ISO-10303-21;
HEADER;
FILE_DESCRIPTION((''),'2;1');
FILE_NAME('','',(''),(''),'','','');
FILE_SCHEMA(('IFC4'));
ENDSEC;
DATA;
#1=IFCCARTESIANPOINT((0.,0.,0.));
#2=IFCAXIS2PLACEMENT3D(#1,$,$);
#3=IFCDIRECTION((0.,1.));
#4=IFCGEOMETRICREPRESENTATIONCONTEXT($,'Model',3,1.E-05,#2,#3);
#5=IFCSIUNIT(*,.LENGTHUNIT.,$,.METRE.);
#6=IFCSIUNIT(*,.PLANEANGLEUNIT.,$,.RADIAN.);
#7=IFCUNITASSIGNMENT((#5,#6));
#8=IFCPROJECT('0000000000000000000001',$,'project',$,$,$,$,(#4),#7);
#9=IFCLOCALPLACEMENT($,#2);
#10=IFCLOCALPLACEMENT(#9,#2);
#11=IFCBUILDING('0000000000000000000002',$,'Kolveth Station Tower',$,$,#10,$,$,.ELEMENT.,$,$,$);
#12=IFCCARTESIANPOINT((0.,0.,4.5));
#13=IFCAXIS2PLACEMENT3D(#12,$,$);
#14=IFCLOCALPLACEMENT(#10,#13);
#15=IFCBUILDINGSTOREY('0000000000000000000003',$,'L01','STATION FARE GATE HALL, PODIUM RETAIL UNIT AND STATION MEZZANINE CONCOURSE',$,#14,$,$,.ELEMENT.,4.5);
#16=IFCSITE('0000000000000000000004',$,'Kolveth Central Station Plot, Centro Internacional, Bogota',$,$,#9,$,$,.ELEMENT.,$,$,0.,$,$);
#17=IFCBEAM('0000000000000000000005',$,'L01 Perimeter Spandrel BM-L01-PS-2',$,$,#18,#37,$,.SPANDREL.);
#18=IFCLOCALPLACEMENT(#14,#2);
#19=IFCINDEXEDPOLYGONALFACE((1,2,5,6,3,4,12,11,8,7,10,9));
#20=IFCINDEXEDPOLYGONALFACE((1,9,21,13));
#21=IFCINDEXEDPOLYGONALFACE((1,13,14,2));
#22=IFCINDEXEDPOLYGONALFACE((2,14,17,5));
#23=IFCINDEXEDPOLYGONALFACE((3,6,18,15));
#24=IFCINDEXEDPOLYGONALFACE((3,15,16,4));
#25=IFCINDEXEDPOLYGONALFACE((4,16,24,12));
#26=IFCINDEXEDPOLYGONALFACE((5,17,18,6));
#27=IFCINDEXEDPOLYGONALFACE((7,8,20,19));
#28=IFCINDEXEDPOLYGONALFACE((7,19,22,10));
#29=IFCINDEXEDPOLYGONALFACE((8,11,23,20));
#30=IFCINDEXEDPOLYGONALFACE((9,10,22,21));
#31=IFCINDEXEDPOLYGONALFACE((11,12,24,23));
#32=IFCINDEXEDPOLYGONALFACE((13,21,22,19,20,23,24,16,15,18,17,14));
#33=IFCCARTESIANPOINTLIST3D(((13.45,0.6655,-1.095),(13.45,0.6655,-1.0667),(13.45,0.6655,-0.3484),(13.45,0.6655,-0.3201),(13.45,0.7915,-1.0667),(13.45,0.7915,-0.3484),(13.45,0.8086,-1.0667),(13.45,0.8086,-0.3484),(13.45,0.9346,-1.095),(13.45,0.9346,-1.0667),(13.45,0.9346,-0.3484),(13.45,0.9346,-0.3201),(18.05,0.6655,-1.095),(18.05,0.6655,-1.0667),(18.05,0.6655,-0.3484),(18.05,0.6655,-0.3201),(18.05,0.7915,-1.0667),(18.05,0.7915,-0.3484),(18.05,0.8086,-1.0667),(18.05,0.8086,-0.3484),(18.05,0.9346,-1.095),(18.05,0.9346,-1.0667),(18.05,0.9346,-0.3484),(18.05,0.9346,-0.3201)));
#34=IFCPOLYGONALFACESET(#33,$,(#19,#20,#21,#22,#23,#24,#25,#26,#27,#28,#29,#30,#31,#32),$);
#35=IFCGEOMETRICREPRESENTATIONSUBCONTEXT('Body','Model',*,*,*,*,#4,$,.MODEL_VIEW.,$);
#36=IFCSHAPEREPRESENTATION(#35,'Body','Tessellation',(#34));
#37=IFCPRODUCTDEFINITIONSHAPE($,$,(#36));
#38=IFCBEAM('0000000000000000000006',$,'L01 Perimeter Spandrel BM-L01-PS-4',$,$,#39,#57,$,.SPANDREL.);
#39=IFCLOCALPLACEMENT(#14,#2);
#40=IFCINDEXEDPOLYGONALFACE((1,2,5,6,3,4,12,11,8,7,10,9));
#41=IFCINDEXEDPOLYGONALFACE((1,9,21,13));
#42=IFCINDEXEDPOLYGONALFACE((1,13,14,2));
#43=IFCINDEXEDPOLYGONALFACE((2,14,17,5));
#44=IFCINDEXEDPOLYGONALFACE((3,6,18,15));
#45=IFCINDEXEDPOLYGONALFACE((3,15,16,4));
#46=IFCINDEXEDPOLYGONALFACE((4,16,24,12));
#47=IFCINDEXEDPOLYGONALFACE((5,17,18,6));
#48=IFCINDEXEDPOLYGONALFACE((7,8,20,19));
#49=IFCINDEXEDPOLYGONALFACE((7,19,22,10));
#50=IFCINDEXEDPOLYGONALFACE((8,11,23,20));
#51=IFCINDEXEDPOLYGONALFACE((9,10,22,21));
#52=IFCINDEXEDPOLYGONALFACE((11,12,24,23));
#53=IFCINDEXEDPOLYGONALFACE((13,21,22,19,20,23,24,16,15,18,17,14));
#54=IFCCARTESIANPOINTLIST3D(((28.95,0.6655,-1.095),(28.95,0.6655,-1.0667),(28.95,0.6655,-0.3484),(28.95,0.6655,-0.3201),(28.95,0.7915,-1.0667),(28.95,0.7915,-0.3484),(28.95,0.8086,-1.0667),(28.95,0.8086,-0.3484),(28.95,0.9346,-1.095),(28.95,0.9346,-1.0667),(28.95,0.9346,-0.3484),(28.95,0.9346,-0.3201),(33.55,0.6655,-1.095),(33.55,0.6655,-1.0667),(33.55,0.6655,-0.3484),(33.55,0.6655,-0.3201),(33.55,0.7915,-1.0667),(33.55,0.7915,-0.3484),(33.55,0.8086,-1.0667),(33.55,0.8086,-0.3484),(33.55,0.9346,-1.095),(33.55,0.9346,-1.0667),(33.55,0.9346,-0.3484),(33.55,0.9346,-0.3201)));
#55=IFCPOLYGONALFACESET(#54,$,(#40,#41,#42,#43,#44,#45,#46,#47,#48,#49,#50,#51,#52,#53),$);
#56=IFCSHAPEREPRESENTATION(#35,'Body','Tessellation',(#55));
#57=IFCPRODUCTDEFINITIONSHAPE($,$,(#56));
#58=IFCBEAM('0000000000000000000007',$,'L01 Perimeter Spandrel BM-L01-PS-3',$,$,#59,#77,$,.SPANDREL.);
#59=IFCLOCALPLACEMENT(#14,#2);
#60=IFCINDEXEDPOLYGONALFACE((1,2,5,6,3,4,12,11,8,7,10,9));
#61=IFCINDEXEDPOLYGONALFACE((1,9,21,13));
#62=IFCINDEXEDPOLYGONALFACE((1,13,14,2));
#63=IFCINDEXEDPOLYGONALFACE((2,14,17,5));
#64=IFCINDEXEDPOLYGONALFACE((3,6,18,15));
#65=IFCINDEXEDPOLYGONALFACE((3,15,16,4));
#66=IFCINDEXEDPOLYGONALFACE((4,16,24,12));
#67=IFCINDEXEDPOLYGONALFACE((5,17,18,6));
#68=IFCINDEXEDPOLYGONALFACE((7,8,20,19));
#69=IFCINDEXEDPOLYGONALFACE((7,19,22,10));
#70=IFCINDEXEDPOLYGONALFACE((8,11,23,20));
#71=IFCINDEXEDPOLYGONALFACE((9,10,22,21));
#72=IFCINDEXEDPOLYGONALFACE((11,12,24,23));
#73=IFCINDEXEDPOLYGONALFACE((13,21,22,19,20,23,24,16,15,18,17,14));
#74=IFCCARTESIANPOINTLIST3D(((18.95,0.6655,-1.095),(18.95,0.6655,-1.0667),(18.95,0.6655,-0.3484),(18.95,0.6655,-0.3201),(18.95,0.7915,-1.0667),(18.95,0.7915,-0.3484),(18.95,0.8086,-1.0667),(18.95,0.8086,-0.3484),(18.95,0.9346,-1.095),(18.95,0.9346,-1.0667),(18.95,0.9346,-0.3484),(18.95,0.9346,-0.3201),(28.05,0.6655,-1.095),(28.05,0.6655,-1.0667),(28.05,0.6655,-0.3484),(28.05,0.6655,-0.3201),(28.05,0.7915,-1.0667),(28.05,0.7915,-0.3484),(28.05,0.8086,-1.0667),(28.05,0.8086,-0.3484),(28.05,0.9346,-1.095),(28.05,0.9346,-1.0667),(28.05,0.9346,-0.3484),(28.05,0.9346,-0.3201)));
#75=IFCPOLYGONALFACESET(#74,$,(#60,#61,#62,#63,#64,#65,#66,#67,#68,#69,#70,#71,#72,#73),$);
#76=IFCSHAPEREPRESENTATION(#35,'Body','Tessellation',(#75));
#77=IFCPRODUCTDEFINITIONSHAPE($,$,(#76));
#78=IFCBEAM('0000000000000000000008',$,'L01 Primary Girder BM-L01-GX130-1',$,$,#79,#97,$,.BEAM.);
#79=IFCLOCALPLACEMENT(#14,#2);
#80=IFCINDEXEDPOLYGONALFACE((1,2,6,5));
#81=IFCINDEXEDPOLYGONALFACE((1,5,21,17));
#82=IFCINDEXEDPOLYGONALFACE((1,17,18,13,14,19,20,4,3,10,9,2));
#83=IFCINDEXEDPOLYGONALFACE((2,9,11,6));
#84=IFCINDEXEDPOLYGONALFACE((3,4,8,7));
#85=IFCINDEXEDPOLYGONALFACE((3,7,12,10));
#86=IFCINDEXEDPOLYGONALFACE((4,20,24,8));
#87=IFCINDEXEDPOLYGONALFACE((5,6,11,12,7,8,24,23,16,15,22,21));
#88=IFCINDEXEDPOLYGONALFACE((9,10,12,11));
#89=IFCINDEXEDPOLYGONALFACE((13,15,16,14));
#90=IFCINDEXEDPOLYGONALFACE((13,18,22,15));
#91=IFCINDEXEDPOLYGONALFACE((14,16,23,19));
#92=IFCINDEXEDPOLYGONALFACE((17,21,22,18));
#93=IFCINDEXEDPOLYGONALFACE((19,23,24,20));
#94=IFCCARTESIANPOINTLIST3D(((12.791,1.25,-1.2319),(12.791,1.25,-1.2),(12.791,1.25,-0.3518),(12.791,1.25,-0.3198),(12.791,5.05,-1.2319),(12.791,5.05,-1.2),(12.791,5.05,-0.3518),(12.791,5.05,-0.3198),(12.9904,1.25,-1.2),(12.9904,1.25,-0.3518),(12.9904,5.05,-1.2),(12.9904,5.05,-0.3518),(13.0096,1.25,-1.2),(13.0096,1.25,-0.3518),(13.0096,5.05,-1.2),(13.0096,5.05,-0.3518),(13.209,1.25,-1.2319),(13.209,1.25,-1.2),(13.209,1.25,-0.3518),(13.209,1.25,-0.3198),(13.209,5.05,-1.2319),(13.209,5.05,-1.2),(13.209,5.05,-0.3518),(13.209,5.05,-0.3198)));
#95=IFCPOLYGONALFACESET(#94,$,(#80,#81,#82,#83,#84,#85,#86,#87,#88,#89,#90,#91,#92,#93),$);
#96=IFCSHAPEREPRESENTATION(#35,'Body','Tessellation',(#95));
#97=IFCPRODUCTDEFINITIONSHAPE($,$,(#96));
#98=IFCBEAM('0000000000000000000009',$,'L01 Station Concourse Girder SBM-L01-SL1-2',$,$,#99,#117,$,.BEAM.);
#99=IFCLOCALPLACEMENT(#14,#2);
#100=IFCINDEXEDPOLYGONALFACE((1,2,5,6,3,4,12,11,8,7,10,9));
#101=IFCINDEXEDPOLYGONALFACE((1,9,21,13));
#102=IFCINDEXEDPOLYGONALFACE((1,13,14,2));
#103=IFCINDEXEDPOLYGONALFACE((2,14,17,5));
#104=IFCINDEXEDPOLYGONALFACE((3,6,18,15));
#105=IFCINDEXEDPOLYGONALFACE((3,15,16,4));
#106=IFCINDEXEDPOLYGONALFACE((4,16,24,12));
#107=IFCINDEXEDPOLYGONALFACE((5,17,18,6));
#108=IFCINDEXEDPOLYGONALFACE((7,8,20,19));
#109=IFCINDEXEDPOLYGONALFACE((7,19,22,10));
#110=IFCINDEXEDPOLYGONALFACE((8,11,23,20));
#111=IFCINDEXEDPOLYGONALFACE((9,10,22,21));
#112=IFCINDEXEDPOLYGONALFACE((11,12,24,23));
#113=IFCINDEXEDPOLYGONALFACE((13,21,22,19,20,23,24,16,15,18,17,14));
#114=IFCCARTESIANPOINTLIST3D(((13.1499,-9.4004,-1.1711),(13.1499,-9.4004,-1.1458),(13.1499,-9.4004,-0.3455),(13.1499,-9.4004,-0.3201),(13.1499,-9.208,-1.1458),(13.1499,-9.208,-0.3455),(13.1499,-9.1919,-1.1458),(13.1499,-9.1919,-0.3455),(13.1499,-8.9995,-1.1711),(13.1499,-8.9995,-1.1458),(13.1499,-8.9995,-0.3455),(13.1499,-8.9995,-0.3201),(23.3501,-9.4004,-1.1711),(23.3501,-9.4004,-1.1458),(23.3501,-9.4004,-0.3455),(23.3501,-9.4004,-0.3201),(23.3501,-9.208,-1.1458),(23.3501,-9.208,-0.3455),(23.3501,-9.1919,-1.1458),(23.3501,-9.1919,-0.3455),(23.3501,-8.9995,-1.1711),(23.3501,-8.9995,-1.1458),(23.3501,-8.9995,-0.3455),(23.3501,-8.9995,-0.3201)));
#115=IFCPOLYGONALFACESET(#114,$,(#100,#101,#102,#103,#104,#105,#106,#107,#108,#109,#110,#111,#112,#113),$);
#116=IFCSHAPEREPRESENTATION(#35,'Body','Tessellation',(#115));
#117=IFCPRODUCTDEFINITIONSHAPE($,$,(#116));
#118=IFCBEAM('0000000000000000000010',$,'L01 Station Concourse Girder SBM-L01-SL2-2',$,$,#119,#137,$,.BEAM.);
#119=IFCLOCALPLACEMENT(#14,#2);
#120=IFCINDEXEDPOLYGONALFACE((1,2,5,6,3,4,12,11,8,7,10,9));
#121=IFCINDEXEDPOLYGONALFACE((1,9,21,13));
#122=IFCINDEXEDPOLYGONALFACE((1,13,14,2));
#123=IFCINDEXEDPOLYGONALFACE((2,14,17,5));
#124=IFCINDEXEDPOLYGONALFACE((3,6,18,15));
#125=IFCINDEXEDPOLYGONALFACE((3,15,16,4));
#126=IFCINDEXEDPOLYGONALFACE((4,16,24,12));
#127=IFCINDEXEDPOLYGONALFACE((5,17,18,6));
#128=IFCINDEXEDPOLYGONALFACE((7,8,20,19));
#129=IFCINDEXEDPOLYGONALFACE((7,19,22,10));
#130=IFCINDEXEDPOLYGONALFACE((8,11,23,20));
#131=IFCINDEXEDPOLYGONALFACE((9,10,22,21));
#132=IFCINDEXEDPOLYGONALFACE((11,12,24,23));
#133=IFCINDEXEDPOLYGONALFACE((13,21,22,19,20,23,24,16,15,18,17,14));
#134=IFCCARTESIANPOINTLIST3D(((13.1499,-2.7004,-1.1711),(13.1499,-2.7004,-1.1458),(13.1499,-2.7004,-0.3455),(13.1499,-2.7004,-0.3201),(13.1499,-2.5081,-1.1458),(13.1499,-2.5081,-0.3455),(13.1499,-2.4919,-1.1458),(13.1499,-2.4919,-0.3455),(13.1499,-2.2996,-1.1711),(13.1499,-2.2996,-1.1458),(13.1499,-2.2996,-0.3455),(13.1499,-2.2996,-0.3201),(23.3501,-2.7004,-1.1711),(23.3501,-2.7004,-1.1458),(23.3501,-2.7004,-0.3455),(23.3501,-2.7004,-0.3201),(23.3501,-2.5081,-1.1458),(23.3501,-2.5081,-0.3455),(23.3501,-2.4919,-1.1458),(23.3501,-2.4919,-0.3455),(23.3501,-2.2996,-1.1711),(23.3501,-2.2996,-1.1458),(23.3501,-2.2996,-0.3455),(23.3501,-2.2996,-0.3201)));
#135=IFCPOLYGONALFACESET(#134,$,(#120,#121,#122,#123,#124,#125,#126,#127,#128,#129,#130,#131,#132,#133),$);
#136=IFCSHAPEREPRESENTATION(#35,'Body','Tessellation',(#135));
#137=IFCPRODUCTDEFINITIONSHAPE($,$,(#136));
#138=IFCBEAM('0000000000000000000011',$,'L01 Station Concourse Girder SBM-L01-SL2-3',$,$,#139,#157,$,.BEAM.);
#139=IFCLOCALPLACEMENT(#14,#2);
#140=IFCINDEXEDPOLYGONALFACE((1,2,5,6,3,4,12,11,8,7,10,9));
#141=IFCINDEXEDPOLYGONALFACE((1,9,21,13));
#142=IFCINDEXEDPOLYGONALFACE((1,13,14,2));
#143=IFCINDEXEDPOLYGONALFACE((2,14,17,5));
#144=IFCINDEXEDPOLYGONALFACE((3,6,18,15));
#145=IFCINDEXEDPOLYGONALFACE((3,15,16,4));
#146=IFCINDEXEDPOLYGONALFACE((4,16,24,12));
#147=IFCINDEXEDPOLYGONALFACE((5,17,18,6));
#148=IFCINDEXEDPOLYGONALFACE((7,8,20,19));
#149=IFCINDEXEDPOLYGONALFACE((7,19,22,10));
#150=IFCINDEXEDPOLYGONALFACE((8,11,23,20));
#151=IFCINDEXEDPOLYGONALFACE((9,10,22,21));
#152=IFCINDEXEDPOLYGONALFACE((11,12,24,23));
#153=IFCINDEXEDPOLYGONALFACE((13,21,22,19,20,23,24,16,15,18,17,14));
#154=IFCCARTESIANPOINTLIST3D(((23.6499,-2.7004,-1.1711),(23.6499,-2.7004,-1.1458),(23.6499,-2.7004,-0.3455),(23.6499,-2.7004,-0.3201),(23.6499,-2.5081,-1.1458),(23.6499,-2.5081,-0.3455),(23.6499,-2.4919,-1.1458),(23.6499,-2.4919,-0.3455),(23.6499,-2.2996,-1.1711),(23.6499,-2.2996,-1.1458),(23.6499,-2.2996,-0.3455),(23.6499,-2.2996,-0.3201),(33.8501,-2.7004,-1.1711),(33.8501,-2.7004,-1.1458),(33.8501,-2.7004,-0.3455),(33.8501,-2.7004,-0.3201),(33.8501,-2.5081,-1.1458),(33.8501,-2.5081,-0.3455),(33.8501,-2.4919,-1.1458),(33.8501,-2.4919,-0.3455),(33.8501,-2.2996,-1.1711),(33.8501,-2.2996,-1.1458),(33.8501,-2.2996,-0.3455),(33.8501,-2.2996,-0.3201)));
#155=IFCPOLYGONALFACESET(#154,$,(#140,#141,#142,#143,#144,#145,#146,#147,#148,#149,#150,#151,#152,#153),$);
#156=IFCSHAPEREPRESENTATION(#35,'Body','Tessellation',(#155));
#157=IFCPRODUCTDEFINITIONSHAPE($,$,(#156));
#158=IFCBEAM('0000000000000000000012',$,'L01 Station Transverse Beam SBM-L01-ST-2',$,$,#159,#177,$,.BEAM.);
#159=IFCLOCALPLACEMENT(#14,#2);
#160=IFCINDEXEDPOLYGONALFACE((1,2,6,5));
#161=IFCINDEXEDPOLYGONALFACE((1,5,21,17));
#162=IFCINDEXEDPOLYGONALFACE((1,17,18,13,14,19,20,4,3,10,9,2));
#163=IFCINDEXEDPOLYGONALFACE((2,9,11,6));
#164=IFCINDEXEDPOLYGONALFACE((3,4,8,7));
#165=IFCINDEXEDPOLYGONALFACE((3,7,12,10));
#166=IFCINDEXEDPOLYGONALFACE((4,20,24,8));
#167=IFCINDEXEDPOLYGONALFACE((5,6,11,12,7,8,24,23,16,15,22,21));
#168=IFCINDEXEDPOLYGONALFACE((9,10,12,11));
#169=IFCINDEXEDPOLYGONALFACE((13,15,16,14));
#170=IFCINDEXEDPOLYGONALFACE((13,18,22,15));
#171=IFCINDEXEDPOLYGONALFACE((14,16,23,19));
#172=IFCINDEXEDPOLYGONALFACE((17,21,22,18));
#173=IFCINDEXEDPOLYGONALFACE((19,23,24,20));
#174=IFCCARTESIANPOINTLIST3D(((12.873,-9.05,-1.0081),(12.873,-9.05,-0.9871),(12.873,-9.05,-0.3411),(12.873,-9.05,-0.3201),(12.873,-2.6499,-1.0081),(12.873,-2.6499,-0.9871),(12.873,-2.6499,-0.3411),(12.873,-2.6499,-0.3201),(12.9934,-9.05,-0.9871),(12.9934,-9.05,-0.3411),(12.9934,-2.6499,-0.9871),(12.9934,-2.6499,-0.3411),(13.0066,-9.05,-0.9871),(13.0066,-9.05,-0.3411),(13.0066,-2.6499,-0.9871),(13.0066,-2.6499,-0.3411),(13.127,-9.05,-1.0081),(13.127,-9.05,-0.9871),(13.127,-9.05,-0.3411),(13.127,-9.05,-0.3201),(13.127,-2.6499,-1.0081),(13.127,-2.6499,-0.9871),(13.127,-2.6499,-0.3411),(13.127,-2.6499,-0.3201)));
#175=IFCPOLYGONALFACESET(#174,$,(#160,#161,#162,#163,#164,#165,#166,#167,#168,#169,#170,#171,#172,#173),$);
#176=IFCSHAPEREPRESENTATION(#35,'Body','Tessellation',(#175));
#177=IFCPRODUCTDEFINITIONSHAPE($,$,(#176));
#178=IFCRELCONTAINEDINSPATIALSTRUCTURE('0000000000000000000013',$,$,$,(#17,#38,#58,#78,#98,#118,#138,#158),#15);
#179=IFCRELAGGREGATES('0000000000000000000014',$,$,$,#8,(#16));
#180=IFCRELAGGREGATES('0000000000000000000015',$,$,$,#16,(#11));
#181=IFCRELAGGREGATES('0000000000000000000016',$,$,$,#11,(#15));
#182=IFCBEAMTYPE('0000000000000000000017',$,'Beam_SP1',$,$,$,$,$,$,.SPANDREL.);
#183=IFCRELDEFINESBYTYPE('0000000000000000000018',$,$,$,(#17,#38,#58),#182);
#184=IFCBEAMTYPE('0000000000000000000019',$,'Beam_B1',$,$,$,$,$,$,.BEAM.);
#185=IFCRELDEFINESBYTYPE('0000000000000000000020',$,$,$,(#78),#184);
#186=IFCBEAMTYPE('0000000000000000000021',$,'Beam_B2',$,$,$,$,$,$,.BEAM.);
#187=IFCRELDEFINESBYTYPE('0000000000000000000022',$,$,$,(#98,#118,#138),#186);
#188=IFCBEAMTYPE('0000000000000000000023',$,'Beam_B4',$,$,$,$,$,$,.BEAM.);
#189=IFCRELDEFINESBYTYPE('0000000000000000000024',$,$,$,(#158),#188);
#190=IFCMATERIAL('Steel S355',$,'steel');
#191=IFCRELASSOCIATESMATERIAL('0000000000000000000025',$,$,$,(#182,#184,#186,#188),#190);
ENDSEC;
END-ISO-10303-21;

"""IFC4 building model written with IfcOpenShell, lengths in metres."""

from ifc_helpers import new_model, si_unit, direction, frame, origin, origin_2d, place, context, subcontext, project, spatial, i_section, extrude, source, transform, mapped, material, material_profile, profile_set, type_object, element, save


model = new_model("IFC4")

# Units and contexts
model_context = context("Model", 3, precision=1e-05, world=origin(), true_north=direction((0.0, 1.0)))
body_context = subcontext(model_context, "Body", "Model", "MODEL_VIEW")
ifc_project = project(units=[si_unit("LENGTHUNIT", "METRE"), si_unit("PLANEANGLEUNIT", "RADIAN")], contexts=[model_context])

# Site, building, storey
site_placement = place(None, origin())
site = spatial("IfcSite", under=ifc_project, at=site_placement, Name="Kolveth Central Station Plot, Centro Internacional, Bogota", CompositionType="ELEMENT", RefElevation=0.0)
building_placement = place(site_placement, origin())
building = spatial("IfcBuilding", under=site, at=building_placement, Name="Kolveth Station Tower", CompositionType="ELEMENT")
storey_placement = place(building_placement, frame((0.0, 0.0, 4.5)))
storey = spatial("IfcBuildingStorey", under=building, at=storey_placement, Name="L01", Description="STATION FARE GATE HALL, PODIUM RETAIL UNIT AND STATION MEZZANINE CONCOURSE", CompositionType="ELEMENT", Elevation=4.5)

# Shared definitions
ifc_material_1 = material(Name="Steel S355", Category="steel")

# Beams
ifc_material_profile_1 = material_profile(ifc_material_1, i_section(OverallWidth=0.269, OverallDepth=0.7749, WebThickness=0.0171, FlangeThickness=0.0283, at=origin_2d()), Name="W760x220")
ifc_profile_set_1 = profile_set([ifc_material_profile_1], Name="Steel S355")
beam_type_1 = type_object("IfcBeamType", Name="Beam_SP1", PredefinedType="SPANDREL", material=ifc_profile_set_1)
shared_shape_1 = source(origin(), body_context, "Body", "SweptSolid", [
    extrude(i_section(OverallWidth=0.269, OverallDepth=0.7749, WebThickness=0.0171, FlangeThickness=0.0283, at=origin_2d()), origin(), (0.0, 0.0, 1.0), 4.6001),
])
for number, where, z_axis, x_axis, name in (
    (1, (13.45, 0.8, -0.7075), (1.0, 0.0, 0.0), (0.0, 1.0, 0.0), "L01 Perimeter Spandrel BM-L01-PS-2"),
    (2, (28.95, 0.8, -0.7075), (1.0, 0.0, 0.0), (0.0, 1.0, 0.0), "L01 Perimeter Spandrel BM-L01-PS-4"),
):
    element("IfcBeam", number, at=place(storey_placement, frame(where, z_axis=z_axis, x_axis=x_axis)), inside=storey, type_object=beam_type_1, Name=name, PredefinedType="SPANDREL", context=body_context, shape_type="MappedRepresentation", body=[
        mapped(shared_shape_1, transform((0.0, 0.0, 0.0), x_axis=(1.0, 0.0, 0.0), y_axis=(0.0, 1.0, 0.0), z_axis=(0.0, 0.0, 1.0), scale=1.0)),
    ])
shared_shape_2 = source(origin(), body_context, "Body", "SweptSolid", [
    extrude(i_section(OverallWidth=0.269, OverallDepth=0.7749, WebThickness=0.0171, FlangeThickness=0.0283, at=origin_2d()), origin(), (0.0, 0.0, 1.0), 9.1001),
])
beam_1_placement = place(storey_placement, frame((18.95, 0.8, -0.7075), z_axis=(1.0, 0.0, 0.0), x_axis=(0.0, 1.0, 0.0)))
element("IfcBeam", 3, at=beam_1_placement, inside=storey, type_object=beam_type_1, Name="L01 Perimeter Spandrel BM-L01-PS-3", PredefinedType="SPANDREL", context=body_context, shape_type="MappedRepresentation", body=[
    mapped(shared_shape_2, transform((0.0, 0.0, 0.0), x_axis=(1.0, 0.0, 0.0), y_axis=(0.0, 1.0, 0.0), z_axis=(0.0, 0.0, 1.0), scale=1.0)),
])
ifc_material_profile_2 = material_profile(ifc_material_1, i_section(OverallWidth=0.418, OverallDepth=0.9121, WebThickness=0.0193, FlangeThickness=0.032, at=origin_2d()), Name="W920x342")
ifc_profile_set_2 = profile_set([ifc_material_profile_2], Name="Steel S355")
beam_type_2 = type_object("IfcBeamType", Name="Beam_B1", PredefinedType="BEAM", material=ifc_profile_set_2)
shared_shape_3 = source(origin(), body_context, "Body", "SweptSolid", [
    extrude(i_section(OverallWidth=0.418, OverallDepth=0.9121, WebThickness=0.0193, FlangeThickness=0.032, at=origin_2d()), origin(), (0.0, 0.0, 1.0), 3.8),
])
beam_2_placement = place(storey_placement, frame((13.0, 1.25, -0.7759), z_axis=(0.0, 1.0, 0.0), x_axis=(-1.0, 0.0, 0.0)))
element("IfcBeam", 4, at=beam_2_placement, inside=storey, type_object=beam_type_2, Name="L01 Primary Girder BM-L01-GX130-1", PredefinedType="BEAM", context=body_context, shape_type="MappedRepresentation", body=[
    mapped(shared_shape_3, transform((0.0, 0.0, 0.0), x_axis=(1.0, 0.0, 0.0), y_axis=(0.0, 1.0, 0.0), z_axis=(0.0, 0.0, 1.0), scale=1.0)),
])
ifc_material_profile_3 = material_profile(ifc_material_1, i_section(OverallWidth=0.4009, OverallDepth=0.8511, WebThickness=0.0161, FlangeThickness=0.0254, at=origin_2d()), Name="W840x226")
ifc_profile_set_3 = profile_set([ifc_material_profile_3], Name="Steel S355")
beam_type_3 = type_object("IfcBeamType", Name="Beam_B2", PredefinedType="BEAM", material=ifc_profile_set_3)
shared_shape_4 = source(origin(), body_context, "Body", "SweptSolid", [
    extrude(i_section(OverallWidth=0.4009, OverallDepth=0.8511, WebThickness=0.0161, FlangeThickness=0.0254, at=origin_2d()), origin(), (0.0, 0.0, 1.0), 10.2002),
])
for number, where, z_axis, x_axis, name in (
    (5, (13.1499, -9.2, -0.7456), (1.0, 0.0, 0.0), (0.0, 1.0, 0.0), "L01 Station Concourse Girder SBM-L01-SL1-2"),
    (6, (13.1499, -2.5, -0.7456), (1.0, 0.0, 0.0), (0.0, 1.0, 0.0), "L01 Station Concourse Girder SBM-L01-SL2-2"),
    (7, (23.6499, -2.5, -0.7456), (1.0, 0.0, 0.0), (0.0, 1.0, 0.0), "L01 Station Concourse Girder SBM-L01-SL2-3"),
):
    element("IfcBeam", number, at=place(storey_placement, frame(where, z_axis=z_axis, x_axis=x_axis)), inside=storey, type_object=beam_type_3, Name=name, PredefinedType="BEAM", context=body_context, shape_type="MappedRepresentation", body=[
        mapped(shared_shape_4, transform((0.0, 0.0, 0.0), x_axis=(1.0, 0.0, 0.0), y_axis=(0.0, 1.0, 0.0), z_axis=(0.0, 0.0, 1.0), scale=1.0)),
    ])
ifc_material_profile_4 = material_profile(ifc_material_1, i_section(OverallWidth=0.2539, OverallDepth=0.688, WebThickness=0.0132, FlangeThickness=0.021, at=origin_2d()), Name="W690x152")
ifc_profile_set_4 = profile_set([ifc_material_profile_4], Name="Steel S355")
beam_type_4 = type_object("IfcBeamType", Name="Beam_B4", PredefinedType="BEAM", material=ifc_profile_set_4)
shared_shape_5 = source(origin(), body_context, "Body", "SweptSolid", [
    extrude(i_section(OverallWidth=0.2539, OverallDepth=0.688, WebThickness=0.0132, FlangeThickness=0.021, at=origin_2d()), origin(), (0.0, 0.0, 1.0), 6.4001),
])
for number, where, z_axis, x_axis, name in (
    (8, (13.0, -9.05, -0.6641), (0.0, 1.0, 0.0), (-1.0, 0.0, 0.0), "L01 Station Transverse Beam SBM-L01-ST-2"),
):
    element("IfcBeam", number, at=place(storey_placement, frame(where, z_axis=z_axis, x_axis=x_axis)), inside=storey, type_object=beam_type_4, Name=name, PredefinedType="BEAM", context=body_context, shape_type="MappedRepresentation", body=[
        mapped(shared_shape_5, transform((0.0, 0.0, 0.0), x_axis=(1.0, 0.0, 0.0), y_axis=(0.0, 1.0, 0.0), z_axis=(0.0, 0.0, 1.0), scale=1.0)),
    ])

save(model, "model.ifc")
